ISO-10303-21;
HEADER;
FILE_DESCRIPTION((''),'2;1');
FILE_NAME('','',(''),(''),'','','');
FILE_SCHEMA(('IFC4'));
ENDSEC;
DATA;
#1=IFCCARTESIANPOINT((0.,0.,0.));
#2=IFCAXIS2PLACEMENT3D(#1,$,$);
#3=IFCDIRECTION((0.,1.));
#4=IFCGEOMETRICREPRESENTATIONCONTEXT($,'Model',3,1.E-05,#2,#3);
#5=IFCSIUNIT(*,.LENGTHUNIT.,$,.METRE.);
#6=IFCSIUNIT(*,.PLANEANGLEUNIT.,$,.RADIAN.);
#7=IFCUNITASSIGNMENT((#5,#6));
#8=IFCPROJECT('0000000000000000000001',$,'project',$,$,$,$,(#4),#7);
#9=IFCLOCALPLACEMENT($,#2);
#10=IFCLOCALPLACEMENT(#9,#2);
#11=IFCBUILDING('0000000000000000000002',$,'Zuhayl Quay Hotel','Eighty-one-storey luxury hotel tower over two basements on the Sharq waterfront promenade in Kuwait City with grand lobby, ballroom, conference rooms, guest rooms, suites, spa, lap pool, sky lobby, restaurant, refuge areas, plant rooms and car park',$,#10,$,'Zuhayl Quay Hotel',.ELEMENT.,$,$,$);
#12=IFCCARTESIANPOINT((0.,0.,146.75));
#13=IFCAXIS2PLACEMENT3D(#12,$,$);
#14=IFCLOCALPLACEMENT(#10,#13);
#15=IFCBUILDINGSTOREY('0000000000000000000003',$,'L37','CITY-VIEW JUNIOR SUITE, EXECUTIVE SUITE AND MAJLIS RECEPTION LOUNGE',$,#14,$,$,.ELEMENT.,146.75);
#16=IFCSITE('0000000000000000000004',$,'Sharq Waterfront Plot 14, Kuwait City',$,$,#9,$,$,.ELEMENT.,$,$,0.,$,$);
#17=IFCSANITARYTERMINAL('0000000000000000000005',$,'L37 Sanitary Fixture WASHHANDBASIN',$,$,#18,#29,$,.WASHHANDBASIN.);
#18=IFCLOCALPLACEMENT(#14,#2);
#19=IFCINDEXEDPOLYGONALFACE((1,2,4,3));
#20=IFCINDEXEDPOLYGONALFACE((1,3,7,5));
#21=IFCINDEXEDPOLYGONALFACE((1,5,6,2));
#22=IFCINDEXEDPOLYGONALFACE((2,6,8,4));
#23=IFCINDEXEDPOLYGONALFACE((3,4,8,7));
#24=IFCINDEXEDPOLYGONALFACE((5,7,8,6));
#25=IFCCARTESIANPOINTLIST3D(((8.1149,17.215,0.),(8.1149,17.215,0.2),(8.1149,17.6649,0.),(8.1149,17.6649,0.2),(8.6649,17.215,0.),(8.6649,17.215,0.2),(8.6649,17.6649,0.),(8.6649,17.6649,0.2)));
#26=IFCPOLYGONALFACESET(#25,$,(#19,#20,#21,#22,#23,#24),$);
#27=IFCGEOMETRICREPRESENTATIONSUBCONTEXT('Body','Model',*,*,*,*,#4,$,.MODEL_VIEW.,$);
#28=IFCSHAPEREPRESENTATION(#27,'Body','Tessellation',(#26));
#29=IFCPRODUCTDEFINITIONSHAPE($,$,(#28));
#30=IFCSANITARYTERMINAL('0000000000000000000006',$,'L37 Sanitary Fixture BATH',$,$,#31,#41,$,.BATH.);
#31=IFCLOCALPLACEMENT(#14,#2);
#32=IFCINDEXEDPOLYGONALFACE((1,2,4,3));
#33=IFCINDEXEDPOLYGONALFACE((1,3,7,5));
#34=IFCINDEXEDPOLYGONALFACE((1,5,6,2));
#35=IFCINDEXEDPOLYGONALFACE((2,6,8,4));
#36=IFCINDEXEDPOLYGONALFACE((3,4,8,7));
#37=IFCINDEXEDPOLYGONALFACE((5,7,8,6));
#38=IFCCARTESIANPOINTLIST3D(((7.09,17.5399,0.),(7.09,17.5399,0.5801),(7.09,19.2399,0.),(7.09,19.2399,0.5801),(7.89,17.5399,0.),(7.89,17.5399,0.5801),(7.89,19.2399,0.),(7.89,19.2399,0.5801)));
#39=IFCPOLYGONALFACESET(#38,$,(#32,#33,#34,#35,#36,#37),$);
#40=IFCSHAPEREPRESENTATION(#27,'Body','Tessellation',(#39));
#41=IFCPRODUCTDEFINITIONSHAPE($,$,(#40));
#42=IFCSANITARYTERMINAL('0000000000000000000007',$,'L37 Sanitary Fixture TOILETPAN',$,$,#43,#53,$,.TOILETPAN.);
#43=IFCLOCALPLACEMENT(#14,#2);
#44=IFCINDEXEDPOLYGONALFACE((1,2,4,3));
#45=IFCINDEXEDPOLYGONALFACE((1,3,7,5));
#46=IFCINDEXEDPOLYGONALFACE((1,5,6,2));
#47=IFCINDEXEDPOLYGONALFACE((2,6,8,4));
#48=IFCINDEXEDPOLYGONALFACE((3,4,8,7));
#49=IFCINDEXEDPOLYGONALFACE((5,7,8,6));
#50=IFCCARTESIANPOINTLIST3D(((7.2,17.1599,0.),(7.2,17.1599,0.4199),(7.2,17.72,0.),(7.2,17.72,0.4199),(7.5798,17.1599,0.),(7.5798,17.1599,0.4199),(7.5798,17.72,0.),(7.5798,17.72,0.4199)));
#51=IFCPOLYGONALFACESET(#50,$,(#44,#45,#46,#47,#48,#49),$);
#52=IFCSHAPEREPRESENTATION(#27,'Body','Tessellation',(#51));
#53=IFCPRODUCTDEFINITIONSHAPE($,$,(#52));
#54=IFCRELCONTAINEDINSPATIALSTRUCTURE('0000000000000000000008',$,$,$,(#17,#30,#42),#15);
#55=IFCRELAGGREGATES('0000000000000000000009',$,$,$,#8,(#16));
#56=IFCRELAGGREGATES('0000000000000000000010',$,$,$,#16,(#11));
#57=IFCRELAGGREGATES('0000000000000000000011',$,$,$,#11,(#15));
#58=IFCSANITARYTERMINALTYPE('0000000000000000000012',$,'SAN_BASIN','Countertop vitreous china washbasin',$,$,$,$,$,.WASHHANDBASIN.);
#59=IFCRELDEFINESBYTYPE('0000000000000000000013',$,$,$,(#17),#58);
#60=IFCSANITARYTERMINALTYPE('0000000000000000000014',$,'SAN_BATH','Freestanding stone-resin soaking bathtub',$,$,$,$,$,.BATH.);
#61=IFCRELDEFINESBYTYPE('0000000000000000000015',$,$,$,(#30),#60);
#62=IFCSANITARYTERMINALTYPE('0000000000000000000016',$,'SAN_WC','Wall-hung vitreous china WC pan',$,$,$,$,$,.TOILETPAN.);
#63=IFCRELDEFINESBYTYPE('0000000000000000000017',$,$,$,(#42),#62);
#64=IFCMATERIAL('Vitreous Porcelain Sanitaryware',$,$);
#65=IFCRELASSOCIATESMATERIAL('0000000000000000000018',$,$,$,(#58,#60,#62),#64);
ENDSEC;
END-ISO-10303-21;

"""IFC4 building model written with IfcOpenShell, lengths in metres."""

from ifc_helpers import new_model, si_unit, direction, frame, origin, origin_2d, place, context, subcontext, project, spatial, rectangle, extrude, material, type_object, element, save


model = new_model("IFC4")

# Units and contexts
model_context = context("Model", 3, precision=1e-05, world=origin(), true_north=direction((0.0, 1.0)))
body_context = subcontext(model_context, "Body", "Model", "MODEL_VIEW")
ifc_project = project(units=[si_unit("LENGTHUNIT", "METRE"), si_unit("PLANEANGLEUNIT", "RADIAN")], contexts=[model_context])

# Site, building, storey
site_placement = place(None, origin())
site = spatial("IfcSite", under=ifc_project, at=site_placement, Name="Sharq Waterfront Plot 14, Kuwait City", CompositionType="ELEMENT", RefElevation=0.0)
building_placement = place(site_placement, origin())
building = spatial("IfcBuilding", under=site, at=building_placement, Name="Zuhayl Quay Hotel", Description="Eighty-one-storey luxury hotel tower over two basements on the Sharq waterfront promenade in Kuwait City with grand lobby, ballroom, conference rooms, guest rooms, suites, spa, lap pool, sky lobby, restaurant, refuge areas, plant rooms and car park", LongName="Zuhayl Quay Hotel", CompositionType="ELEMENT")
storey_placement = place(building_placement, frame((0.0, 0.0, 146.75)))
storey = spatial("IfcBuildingStorey", under=building, at=storey_placement, Name="L37", Description="CITY-VIEW JUNIOR SUITE, EXECUTIVE SUITE AND MAJLIS RECEPTION LOUNGE", CompositionType="ELEMENT", Elevation=146.75)

# Sanitary terminals
ifc_material_1 = material(Name="Vitreous Porcelain Sanitaryware")
sanitary_terminal_type_1 = type_object("IfcSanitaryTerminalType", Name="SAN_BASIN", Description="Countertop vitreous china washbasin", PredefinedType="WASHHANDBASIN", material=ifc_material_1)
sanitary_terminal_1_placement = place(storey_placement, frame((8.3899, 17.4399, 0.0), z_axis=(0.0, 0.0, 1.0), x_axis=(1.0, 0.0, 0.0)))
element("IfcSanitaryTerminal", 1, at=sanitary_terminal_1_placement, inside=storey, type_object=sanitary_terminal_type_1, Name="L37 Sanitary Fixture WASHHANDBASIN", PredefinedType="WASHHANDBASIN", context=body_context, shape_type="SweptSolid", body=[
    extrude(rectangle(XDim=0.55, YDim=0.45, at=origin_2d()), origin(), (0.0, 0.0, 1.0), 0.2),
])
sanitary_terminal_type_2 = type_object("IfcSanitaryTerminalType", Name="SAN_BATH", Description="Freestanding stone-resin soaking bathtub", PredefinedType="BATH", material=ifc_material_1)
sanitary_terminal_2_placement = place(storey_placement, frame((7.49, 18.3899, 0.0), z_axis=(0.0, 0.0, 1.0), x_axis=(1.0, 0.0, 0.0)))
element("IfcSanitaryTerminal", 2, at=sanitary_terminal_2_placement, inside=storey, type_object=sanitary_terminal_type_2, Name="L37 Sanitary Fixture BATH", PredefinedType="BATH", context=body_context, shape_type="SweptSolid", body=[
    extrude(rectangle(XDim=0.8, YDim=1.7, at=origin_2d()), origin(), (0.0, 0.0, 1.0), 0.5801),
])
sanitary_terminal_type_3 = type_object("IfcSanitaryTerminalType", Name="SAN_WC", Description="Wall-hung vitreous china WC pan", PredefinedType="TOILETPAN", material=ifc_material_1)
sanitary_terminal_3_placement = place(storey_placement, frame((7.3899, 17.4399, 0.0), z_axis=(0.0, 0.0, 1.0), x_axis=(1.0, 0.0, 0.0)))
element("IfcSanitaryTerminal", 3, at=sanitary_terminal_3_placement, inside=storey, type_object=sanitary_terminal_type_3, Name="L37 Sanitary Fixture TOILETPAN", PredefinedType="TOILETPAN", context=body_context, shape_type="SweptSolid", body=[
    extrude(rectangle(XDim=0.3799, YDim=0.5601, at=origin_2d()), origin(), (0.0, 0.0, 1.0), 0.4199),
])

save(model, "model.ifc")
